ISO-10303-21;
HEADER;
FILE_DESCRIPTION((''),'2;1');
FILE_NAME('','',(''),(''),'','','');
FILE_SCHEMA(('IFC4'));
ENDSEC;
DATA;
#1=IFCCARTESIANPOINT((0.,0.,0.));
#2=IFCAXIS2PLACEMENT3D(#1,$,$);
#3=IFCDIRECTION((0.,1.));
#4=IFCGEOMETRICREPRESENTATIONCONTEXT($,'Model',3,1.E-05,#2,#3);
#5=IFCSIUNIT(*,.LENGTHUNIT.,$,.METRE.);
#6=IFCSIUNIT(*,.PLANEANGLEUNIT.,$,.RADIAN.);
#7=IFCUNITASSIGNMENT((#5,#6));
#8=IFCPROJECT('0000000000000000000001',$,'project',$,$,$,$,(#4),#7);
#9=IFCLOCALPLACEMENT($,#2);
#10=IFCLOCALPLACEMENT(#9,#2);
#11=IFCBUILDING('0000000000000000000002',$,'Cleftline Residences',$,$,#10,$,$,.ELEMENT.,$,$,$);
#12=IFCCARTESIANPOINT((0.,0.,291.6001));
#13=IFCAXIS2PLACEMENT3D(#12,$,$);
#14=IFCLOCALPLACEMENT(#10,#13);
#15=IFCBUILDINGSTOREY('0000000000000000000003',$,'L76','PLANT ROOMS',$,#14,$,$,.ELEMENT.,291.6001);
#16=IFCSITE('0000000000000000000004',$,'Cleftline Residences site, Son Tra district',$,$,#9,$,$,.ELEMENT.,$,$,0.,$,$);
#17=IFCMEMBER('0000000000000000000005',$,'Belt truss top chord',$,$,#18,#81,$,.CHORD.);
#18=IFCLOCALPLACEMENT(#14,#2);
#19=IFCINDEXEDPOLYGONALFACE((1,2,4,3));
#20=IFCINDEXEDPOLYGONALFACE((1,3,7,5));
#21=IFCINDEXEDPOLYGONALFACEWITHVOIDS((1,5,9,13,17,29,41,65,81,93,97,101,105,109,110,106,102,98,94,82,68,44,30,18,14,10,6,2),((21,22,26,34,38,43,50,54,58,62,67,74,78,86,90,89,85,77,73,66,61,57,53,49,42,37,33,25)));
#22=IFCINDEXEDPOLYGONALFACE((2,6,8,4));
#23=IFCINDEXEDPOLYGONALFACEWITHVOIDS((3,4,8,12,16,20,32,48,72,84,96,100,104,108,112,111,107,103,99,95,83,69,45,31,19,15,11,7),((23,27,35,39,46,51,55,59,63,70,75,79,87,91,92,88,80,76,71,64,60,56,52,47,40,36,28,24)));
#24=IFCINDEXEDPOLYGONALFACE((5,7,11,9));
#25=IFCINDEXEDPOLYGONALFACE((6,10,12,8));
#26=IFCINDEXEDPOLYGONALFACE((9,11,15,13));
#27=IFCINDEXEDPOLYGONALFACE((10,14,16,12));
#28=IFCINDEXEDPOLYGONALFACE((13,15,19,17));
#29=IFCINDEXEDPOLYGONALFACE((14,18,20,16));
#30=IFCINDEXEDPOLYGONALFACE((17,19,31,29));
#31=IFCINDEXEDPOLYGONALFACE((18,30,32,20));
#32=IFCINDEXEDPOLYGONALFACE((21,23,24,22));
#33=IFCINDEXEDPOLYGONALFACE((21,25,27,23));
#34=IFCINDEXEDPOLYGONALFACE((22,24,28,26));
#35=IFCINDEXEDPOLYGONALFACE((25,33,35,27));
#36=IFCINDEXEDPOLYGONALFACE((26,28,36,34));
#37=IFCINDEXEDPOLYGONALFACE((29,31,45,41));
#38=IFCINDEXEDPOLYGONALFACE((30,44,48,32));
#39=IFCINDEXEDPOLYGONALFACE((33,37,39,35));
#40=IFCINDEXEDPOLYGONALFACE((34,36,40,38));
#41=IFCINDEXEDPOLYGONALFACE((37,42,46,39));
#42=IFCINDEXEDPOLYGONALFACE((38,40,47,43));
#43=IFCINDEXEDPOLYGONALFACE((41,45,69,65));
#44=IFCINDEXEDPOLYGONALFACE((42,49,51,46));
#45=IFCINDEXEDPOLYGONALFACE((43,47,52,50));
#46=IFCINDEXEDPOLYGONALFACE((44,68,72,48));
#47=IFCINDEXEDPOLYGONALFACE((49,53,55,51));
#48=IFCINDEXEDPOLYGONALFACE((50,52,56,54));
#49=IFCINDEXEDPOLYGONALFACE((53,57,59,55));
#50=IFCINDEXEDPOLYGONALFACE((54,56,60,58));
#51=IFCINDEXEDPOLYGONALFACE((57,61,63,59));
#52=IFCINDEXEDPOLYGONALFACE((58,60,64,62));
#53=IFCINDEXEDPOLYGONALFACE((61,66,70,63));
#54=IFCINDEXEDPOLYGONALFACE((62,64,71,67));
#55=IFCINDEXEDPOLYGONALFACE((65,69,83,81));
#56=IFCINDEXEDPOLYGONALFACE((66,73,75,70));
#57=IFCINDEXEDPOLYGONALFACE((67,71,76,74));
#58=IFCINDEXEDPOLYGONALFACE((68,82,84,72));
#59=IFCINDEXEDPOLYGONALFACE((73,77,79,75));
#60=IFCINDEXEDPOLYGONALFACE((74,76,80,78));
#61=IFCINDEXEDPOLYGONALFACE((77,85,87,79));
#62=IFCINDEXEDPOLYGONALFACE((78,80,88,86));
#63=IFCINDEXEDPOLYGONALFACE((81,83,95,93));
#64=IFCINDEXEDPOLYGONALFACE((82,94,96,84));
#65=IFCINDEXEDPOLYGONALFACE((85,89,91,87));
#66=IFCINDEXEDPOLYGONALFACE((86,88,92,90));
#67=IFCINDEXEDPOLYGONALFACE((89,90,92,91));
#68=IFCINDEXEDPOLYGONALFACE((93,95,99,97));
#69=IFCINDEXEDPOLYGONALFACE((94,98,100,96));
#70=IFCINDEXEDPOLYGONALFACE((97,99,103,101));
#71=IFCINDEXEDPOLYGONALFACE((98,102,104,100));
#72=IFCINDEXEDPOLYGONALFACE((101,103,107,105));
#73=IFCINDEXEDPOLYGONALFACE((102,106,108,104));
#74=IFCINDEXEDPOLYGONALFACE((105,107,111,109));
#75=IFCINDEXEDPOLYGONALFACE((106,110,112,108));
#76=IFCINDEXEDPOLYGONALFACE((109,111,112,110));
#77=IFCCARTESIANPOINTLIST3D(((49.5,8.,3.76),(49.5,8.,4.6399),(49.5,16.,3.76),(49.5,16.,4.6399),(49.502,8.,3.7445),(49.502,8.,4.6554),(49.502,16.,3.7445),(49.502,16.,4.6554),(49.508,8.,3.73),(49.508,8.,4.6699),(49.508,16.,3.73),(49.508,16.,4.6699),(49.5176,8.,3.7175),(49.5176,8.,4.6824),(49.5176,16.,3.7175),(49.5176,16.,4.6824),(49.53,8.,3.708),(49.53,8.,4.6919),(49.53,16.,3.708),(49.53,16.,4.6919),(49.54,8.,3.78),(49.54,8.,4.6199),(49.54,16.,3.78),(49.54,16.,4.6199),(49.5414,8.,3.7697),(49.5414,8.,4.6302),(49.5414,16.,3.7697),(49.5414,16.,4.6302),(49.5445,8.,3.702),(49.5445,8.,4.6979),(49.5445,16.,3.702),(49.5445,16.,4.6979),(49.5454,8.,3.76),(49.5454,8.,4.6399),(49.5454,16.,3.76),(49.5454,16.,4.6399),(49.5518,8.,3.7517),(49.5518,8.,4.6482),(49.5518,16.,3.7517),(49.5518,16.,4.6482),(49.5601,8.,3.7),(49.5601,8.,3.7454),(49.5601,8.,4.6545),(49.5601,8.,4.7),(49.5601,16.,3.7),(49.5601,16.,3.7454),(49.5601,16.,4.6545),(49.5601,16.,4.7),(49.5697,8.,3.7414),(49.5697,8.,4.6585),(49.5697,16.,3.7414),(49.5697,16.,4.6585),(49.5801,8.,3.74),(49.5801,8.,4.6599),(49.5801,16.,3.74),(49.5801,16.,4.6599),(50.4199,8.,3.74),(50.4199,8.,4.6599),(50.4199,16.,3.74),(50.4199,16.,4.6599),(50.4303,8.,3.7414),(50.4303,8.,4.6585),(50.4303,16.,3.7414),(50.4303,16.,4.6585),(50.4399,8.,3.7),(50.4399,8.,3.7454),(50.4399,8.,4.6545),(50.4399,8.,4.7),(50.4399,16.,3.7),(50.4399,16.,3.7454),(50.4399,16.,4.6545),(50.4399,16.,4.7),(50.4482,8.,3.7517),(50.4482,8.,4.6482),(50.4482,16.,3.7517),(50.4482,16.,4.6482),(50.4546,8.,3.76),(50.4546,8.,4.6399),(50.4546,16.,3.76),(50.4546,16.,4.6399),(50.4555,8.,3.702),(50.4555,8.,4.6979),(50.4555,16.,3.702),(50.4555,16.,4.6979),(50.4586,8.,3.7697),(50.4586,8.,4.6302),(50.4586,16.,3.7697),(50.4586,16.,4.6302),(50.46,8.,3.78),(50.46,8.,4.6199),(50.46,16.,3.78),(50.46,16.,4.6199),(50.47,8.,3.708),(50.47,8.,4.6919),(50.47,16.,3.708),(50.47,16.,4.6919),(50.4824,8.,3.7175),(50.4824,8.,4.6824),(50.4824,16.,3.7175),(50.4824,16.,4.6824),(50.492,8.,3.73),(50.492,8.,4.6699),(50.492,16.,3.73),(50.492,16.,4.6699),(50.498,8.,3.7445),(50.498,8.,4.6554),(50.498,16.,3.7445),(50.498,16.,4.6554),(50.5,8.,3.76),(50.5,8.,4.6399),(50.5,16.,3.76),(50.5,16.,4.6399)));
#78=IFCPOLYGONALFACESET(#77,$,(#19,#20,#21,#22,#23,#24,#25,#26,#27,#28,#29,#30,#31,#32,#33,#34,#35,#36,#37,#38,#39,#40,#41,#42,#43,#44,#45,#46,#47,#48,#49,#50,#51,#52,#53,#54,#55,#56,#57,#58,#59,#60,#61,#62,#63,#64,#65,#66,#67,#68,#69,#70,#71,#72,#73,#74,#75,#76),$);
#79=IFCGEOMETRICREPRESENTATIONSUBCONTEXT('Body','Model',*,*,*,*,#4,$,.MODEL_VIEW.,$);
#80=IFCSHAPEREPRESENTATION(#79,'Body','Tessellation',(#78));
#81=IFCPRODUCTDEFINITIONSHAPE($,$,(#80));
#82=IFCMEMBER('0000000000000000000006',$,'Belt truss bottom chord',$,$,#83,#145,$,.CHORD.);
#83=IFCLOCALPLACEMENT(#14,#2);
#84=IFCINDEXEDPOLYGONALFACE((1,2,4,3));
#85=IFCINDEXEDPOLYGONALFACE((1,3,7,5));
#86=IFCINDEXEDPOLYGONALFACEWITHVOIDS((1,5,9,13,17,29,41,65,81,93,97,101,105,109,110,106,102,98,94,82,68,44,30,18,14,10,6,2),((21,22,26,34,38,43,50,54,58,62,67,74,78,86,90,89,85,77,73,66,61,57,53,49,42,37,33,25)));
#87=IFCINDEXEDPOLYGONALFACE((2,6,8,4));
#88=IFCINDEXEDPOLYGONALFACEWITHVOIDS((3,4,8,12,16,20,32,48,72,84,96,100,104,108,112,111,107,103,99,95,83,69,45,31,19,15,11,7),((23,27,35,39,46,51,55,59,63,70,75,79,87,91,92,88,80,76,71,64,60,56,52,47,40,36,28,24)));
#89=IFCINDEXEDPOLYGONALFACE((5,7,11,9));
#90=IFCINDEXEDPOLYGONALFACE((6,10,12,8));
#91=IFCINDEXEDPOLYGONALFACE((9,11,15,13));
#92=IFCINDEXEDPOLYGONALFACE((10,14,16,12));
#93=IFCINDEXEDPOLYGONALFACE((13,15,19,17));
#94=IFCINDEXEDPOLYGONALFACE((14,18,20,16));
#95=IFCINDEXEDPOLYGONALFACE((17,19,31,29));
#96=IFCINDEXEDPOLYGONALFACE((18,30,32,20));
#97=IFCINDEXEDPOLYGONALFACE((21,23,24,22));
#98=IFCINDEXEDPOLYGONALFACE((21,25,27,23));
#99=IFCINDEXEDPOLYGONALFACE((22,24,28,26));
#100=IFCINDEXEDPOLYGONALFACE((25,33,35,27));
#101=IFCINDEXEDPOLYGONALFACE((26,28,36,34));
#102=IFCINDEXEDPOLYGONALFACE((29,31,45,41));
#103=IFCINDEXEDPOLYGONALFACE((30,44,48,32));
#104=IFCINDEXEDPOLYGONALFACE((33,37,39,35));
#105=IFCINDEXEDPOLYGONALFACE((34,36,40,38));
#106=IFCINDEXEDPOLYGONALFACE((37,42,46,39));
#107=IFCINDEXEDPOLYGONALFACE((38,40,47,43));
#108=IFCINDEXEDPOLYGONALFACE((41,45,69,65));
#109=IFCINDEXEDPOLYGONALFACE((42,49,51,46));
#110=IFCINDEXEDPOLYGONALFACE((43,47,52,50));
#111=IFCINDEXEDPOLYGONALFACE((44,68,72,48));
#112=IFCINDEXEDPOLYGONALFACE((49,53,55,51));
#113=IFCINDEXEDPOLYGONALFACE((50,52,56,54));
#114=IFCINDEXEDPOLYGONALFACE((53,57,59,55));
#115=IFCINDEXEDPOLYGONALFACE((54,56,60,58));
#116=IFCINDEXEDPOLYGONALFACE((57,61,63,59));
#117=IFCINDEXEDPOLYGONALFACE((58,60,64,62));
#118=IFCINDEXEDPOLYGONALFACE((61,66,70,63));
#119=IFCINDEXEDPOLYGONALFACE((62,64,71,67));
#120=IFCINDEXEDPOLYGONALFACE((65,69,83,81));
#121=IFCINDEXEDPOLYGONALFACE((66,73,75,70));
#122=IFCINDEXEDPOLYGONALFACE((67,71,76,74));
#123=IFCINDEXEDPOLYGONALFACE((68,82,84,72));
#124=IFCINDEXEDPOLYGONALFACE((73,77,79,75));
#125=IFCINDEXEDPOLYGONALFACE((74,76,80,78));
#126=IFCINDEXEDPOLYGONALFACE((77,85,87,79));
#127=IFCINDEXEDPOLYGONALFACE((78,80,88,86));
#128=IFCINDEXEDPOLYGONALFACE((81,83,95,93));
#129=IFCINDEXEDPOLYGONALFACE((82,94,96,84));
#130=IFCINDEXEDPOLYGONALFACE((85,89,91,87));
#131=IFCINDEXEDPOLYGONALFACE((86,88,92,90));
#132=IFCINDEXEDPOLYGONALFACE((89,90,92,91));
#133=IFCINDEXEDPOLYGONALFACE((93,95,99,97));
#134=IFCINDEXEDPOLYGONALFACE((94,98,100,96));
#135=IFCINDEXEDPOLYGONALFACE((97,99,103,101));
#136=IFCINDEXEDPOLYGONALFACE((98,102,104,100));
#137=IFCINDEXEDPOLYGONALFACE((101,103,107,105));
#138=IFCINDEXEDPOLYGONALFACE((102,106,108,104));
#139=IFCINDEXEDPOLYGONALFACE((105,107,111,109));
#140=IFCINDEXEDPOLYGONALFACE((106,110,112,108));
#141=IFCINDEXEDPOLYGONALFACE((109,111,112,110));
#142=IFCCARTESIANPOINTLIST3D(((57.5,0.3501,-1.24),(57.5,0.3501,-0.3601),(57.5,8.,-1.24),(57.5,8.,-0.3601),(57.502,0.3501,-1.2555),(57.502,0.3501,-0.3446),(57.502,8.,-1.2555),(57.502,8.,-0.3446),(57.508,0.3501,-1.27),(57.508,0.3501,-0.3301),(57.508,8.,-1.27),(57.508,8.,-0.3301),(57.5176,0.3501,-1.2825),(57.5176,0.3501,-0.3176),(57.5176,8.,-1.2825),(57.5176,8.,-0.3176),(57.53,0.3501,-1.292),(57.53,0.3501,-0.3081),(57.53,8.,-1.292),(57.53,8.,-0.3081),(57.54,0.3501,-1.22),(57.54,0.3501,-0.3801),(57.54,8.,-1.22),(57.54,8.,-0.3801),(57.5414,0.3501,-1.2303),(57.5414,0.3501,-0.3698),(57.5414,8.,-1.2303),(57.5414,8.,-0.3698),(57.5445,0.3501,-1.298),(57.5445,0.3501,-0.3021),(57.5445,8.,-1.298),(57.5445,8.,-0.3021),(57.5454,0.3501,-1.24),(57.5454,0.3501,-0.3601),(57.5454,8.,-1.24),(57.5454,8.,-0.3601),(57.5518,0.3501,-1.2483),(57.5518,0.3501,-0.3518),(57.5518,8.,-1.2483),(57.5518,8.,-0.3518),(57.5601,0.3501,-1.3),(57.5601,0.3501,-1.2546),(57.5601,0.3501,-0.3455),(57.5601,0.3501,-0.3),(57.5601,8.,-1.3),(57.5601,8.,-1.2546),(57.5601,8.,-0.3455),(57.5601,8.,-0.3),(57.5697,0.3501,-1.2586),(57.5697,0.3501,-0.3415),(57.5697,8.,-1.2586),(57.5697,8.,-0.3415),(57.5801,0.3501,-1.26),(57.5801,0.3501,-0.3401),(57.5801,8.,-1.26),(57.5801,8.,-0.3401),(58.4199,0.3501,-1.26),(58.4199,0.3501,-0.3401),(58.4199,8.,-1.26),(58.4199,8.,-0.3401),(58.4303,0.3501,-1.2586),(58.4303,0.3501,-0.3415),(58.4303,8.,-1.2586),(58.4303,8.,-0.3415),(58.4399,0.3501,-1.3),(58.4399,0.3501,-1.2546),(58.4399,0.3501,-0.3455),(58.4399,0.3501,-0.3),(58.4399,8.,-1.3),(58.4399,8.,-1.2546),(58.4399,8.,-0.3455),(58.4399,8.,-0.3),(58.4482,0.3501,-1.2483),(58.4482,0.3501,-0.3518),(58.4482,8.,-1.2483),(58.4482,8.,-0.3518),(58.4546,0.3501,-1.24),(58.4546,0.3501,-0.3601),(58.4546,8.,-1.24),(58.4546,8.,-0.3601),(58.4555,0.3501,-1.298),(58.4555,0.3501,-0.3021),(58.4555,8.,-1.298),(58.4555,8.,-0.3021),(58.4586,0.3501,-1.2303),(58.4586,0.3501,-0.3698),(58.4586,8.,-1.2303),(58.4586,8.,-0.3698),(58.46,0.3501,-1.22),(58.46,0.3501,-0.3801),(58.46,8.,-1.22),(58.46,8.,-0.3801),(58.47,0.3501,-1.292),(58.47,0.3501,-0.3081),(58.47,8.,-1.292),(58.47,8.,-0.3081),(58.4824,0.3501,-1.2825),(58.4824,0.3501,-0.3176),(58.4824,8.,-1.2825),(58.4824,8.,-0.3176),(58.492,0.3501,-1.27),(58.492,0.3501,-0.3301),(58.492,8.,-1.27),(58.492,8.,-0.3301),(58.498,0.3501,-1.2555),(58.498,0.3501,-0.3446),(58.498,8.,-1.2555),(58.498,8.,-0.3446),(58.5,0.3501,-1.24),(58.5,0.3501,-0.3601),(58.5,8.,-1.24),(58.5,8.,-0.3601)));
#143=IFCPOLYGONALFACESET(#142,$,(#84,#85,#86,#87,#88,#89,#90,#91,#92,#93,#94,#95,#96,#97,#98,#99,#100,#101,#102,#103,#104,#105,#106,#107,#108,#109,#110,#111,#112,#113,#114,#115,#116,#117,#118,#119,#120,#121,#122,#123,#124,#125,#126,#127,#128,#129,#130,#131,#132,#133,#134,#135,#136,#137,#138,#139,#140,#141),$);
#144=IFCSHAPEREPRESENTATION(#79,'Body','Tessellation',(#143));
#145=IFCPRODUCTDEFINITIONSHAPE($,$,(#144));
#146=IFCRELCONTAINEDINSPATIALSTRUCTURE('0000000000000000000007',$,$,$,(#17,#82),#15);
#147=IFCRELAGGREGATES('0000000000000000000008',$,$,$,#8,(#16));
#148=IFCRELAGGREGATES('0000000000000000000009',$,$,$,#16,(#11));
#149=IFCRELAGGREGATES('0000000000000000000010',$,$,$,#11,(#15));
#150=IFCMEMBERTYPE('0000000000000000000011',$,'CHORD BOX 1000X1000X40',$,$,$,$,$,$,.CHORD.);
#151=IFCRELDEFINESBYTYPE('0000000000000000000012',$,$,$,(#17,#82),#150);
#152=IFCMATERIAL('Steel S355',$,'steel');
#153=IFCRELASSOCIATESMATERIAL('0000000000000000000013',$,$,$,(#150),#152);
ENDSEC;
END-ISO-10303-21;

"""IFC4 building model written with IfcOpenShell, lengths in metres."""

from ifc_helpers import new_model, si_unit, direction, frame, origin, origin_2d, place, context, subcontext, project, spatial, hollow_rectangle, extrude, material, material_profile, profile_set, type_object, element, save


model = new_model("IFC4")

# Units and contexts
model_context = context("Model", 3, precision=1e-05, world=origin(), true_north=direction((0.0, 1.0)))
body_context = subcontext(model_context, "Body", "Model", "MODEL_VIEW")
ifc_project = project(units=[si_unit("LENGTHUNIT", "METRE"), si_unit("PLANEANGLEUNIT", "RADIAN")], contexts=[model_context])

# Site, building, storey
site_placement = place(None, origin())
site = spatial("IfcSite", under=ifc_project, at=site_placement, Name="Cleftline Residences site, Son Tra district", CompositionType="ELEMENT", RefElevation=0.0)
building_placement = place(site_placement, origin())
building = spatial("IfcBuilding", under=site, at=building_placement, Name="Cleftline Residences", CompositionType="ELEMENT")
storey_placement = place(building_placement, frame((0.0, 0.0, 291.6001)))
storey = spatial("IfcBuildingStorey", under=building, at=storey_placement, Name="L76", Description="PLANT ROOMS", CompositionType="ELEMENT", Elevation=291.6001)

# Members
ifc_material_1 = material(Name="Steel S355", Category="steel")
ifc_material_profile_1 = material_profile(ifc_material_1, hollow_rectangle(XDim=1.0, YDim=1.0, WallThickness=0.04, InnerFilletRadius=0.04, OuterFilletRadius=0.0601, at=origin_2d()))
ifc_profile_set_1 = profile_set([ifc_material_profile_1], Name="Steel S355")
member_type_1 = type_object("IfcMemberType", Name="CHORD BOX 1000X1000X40", PredefinedType="CHORD", material=ifc_profile_set_1)
for number, where, z_axis, x_axis, name in (
    (1, (50.0, 8.0, 4.2), (0.0, 1.0, 0.0), (-1.0, 0.0, 0.0), "Belt truss top chord"),
):
    element("IfcMember", number, at=place(storey_placement, frame(where, z_axis=z_axis, x_axis=x_axis)), inside=storey, type_object=member_type_1, Name=name, PredefinedType="CHORD", context=body_context, shape_type="SweptSolid", body=[
        extrude(hollow_rectangle(XDim=1.0, YDim=1.0, WallThickness=0.04, InnerFilletRadius=0.04, OuterFilletRadius=0.0601, at=origin_2d()), origin(), (0.0, 0.0, 1.0), 8.0),
    ])
for number, where, z_axis, x_axis, name in (
    (2, (58.0, 0.3501, -0.8), (0.0, 1.0, 0.0), (-1.0, 0.0, 0.0), "Belt truss bottom chord"),
):
    element("IfcMember", number, at=place(storey_placement, frame(where, z_axis=z_axis, x_axis=x_axis)), inside=storey, type_object=member_type_1, Name=name, PredefinedType="CHORD", context=body_context, shape_type="SweptSolid", body=[
        extrude(hollow_rectangle(XDim=1.0, YDim=1.0, WallThickness=0.04, InnerFilletRadius=0.04, OuterFilletRadius=0.0601, at=origin_2d()), origin(), (0.0, 0.0, 1.0), 7.6499),
    ])

save(model, "model.ifc")
